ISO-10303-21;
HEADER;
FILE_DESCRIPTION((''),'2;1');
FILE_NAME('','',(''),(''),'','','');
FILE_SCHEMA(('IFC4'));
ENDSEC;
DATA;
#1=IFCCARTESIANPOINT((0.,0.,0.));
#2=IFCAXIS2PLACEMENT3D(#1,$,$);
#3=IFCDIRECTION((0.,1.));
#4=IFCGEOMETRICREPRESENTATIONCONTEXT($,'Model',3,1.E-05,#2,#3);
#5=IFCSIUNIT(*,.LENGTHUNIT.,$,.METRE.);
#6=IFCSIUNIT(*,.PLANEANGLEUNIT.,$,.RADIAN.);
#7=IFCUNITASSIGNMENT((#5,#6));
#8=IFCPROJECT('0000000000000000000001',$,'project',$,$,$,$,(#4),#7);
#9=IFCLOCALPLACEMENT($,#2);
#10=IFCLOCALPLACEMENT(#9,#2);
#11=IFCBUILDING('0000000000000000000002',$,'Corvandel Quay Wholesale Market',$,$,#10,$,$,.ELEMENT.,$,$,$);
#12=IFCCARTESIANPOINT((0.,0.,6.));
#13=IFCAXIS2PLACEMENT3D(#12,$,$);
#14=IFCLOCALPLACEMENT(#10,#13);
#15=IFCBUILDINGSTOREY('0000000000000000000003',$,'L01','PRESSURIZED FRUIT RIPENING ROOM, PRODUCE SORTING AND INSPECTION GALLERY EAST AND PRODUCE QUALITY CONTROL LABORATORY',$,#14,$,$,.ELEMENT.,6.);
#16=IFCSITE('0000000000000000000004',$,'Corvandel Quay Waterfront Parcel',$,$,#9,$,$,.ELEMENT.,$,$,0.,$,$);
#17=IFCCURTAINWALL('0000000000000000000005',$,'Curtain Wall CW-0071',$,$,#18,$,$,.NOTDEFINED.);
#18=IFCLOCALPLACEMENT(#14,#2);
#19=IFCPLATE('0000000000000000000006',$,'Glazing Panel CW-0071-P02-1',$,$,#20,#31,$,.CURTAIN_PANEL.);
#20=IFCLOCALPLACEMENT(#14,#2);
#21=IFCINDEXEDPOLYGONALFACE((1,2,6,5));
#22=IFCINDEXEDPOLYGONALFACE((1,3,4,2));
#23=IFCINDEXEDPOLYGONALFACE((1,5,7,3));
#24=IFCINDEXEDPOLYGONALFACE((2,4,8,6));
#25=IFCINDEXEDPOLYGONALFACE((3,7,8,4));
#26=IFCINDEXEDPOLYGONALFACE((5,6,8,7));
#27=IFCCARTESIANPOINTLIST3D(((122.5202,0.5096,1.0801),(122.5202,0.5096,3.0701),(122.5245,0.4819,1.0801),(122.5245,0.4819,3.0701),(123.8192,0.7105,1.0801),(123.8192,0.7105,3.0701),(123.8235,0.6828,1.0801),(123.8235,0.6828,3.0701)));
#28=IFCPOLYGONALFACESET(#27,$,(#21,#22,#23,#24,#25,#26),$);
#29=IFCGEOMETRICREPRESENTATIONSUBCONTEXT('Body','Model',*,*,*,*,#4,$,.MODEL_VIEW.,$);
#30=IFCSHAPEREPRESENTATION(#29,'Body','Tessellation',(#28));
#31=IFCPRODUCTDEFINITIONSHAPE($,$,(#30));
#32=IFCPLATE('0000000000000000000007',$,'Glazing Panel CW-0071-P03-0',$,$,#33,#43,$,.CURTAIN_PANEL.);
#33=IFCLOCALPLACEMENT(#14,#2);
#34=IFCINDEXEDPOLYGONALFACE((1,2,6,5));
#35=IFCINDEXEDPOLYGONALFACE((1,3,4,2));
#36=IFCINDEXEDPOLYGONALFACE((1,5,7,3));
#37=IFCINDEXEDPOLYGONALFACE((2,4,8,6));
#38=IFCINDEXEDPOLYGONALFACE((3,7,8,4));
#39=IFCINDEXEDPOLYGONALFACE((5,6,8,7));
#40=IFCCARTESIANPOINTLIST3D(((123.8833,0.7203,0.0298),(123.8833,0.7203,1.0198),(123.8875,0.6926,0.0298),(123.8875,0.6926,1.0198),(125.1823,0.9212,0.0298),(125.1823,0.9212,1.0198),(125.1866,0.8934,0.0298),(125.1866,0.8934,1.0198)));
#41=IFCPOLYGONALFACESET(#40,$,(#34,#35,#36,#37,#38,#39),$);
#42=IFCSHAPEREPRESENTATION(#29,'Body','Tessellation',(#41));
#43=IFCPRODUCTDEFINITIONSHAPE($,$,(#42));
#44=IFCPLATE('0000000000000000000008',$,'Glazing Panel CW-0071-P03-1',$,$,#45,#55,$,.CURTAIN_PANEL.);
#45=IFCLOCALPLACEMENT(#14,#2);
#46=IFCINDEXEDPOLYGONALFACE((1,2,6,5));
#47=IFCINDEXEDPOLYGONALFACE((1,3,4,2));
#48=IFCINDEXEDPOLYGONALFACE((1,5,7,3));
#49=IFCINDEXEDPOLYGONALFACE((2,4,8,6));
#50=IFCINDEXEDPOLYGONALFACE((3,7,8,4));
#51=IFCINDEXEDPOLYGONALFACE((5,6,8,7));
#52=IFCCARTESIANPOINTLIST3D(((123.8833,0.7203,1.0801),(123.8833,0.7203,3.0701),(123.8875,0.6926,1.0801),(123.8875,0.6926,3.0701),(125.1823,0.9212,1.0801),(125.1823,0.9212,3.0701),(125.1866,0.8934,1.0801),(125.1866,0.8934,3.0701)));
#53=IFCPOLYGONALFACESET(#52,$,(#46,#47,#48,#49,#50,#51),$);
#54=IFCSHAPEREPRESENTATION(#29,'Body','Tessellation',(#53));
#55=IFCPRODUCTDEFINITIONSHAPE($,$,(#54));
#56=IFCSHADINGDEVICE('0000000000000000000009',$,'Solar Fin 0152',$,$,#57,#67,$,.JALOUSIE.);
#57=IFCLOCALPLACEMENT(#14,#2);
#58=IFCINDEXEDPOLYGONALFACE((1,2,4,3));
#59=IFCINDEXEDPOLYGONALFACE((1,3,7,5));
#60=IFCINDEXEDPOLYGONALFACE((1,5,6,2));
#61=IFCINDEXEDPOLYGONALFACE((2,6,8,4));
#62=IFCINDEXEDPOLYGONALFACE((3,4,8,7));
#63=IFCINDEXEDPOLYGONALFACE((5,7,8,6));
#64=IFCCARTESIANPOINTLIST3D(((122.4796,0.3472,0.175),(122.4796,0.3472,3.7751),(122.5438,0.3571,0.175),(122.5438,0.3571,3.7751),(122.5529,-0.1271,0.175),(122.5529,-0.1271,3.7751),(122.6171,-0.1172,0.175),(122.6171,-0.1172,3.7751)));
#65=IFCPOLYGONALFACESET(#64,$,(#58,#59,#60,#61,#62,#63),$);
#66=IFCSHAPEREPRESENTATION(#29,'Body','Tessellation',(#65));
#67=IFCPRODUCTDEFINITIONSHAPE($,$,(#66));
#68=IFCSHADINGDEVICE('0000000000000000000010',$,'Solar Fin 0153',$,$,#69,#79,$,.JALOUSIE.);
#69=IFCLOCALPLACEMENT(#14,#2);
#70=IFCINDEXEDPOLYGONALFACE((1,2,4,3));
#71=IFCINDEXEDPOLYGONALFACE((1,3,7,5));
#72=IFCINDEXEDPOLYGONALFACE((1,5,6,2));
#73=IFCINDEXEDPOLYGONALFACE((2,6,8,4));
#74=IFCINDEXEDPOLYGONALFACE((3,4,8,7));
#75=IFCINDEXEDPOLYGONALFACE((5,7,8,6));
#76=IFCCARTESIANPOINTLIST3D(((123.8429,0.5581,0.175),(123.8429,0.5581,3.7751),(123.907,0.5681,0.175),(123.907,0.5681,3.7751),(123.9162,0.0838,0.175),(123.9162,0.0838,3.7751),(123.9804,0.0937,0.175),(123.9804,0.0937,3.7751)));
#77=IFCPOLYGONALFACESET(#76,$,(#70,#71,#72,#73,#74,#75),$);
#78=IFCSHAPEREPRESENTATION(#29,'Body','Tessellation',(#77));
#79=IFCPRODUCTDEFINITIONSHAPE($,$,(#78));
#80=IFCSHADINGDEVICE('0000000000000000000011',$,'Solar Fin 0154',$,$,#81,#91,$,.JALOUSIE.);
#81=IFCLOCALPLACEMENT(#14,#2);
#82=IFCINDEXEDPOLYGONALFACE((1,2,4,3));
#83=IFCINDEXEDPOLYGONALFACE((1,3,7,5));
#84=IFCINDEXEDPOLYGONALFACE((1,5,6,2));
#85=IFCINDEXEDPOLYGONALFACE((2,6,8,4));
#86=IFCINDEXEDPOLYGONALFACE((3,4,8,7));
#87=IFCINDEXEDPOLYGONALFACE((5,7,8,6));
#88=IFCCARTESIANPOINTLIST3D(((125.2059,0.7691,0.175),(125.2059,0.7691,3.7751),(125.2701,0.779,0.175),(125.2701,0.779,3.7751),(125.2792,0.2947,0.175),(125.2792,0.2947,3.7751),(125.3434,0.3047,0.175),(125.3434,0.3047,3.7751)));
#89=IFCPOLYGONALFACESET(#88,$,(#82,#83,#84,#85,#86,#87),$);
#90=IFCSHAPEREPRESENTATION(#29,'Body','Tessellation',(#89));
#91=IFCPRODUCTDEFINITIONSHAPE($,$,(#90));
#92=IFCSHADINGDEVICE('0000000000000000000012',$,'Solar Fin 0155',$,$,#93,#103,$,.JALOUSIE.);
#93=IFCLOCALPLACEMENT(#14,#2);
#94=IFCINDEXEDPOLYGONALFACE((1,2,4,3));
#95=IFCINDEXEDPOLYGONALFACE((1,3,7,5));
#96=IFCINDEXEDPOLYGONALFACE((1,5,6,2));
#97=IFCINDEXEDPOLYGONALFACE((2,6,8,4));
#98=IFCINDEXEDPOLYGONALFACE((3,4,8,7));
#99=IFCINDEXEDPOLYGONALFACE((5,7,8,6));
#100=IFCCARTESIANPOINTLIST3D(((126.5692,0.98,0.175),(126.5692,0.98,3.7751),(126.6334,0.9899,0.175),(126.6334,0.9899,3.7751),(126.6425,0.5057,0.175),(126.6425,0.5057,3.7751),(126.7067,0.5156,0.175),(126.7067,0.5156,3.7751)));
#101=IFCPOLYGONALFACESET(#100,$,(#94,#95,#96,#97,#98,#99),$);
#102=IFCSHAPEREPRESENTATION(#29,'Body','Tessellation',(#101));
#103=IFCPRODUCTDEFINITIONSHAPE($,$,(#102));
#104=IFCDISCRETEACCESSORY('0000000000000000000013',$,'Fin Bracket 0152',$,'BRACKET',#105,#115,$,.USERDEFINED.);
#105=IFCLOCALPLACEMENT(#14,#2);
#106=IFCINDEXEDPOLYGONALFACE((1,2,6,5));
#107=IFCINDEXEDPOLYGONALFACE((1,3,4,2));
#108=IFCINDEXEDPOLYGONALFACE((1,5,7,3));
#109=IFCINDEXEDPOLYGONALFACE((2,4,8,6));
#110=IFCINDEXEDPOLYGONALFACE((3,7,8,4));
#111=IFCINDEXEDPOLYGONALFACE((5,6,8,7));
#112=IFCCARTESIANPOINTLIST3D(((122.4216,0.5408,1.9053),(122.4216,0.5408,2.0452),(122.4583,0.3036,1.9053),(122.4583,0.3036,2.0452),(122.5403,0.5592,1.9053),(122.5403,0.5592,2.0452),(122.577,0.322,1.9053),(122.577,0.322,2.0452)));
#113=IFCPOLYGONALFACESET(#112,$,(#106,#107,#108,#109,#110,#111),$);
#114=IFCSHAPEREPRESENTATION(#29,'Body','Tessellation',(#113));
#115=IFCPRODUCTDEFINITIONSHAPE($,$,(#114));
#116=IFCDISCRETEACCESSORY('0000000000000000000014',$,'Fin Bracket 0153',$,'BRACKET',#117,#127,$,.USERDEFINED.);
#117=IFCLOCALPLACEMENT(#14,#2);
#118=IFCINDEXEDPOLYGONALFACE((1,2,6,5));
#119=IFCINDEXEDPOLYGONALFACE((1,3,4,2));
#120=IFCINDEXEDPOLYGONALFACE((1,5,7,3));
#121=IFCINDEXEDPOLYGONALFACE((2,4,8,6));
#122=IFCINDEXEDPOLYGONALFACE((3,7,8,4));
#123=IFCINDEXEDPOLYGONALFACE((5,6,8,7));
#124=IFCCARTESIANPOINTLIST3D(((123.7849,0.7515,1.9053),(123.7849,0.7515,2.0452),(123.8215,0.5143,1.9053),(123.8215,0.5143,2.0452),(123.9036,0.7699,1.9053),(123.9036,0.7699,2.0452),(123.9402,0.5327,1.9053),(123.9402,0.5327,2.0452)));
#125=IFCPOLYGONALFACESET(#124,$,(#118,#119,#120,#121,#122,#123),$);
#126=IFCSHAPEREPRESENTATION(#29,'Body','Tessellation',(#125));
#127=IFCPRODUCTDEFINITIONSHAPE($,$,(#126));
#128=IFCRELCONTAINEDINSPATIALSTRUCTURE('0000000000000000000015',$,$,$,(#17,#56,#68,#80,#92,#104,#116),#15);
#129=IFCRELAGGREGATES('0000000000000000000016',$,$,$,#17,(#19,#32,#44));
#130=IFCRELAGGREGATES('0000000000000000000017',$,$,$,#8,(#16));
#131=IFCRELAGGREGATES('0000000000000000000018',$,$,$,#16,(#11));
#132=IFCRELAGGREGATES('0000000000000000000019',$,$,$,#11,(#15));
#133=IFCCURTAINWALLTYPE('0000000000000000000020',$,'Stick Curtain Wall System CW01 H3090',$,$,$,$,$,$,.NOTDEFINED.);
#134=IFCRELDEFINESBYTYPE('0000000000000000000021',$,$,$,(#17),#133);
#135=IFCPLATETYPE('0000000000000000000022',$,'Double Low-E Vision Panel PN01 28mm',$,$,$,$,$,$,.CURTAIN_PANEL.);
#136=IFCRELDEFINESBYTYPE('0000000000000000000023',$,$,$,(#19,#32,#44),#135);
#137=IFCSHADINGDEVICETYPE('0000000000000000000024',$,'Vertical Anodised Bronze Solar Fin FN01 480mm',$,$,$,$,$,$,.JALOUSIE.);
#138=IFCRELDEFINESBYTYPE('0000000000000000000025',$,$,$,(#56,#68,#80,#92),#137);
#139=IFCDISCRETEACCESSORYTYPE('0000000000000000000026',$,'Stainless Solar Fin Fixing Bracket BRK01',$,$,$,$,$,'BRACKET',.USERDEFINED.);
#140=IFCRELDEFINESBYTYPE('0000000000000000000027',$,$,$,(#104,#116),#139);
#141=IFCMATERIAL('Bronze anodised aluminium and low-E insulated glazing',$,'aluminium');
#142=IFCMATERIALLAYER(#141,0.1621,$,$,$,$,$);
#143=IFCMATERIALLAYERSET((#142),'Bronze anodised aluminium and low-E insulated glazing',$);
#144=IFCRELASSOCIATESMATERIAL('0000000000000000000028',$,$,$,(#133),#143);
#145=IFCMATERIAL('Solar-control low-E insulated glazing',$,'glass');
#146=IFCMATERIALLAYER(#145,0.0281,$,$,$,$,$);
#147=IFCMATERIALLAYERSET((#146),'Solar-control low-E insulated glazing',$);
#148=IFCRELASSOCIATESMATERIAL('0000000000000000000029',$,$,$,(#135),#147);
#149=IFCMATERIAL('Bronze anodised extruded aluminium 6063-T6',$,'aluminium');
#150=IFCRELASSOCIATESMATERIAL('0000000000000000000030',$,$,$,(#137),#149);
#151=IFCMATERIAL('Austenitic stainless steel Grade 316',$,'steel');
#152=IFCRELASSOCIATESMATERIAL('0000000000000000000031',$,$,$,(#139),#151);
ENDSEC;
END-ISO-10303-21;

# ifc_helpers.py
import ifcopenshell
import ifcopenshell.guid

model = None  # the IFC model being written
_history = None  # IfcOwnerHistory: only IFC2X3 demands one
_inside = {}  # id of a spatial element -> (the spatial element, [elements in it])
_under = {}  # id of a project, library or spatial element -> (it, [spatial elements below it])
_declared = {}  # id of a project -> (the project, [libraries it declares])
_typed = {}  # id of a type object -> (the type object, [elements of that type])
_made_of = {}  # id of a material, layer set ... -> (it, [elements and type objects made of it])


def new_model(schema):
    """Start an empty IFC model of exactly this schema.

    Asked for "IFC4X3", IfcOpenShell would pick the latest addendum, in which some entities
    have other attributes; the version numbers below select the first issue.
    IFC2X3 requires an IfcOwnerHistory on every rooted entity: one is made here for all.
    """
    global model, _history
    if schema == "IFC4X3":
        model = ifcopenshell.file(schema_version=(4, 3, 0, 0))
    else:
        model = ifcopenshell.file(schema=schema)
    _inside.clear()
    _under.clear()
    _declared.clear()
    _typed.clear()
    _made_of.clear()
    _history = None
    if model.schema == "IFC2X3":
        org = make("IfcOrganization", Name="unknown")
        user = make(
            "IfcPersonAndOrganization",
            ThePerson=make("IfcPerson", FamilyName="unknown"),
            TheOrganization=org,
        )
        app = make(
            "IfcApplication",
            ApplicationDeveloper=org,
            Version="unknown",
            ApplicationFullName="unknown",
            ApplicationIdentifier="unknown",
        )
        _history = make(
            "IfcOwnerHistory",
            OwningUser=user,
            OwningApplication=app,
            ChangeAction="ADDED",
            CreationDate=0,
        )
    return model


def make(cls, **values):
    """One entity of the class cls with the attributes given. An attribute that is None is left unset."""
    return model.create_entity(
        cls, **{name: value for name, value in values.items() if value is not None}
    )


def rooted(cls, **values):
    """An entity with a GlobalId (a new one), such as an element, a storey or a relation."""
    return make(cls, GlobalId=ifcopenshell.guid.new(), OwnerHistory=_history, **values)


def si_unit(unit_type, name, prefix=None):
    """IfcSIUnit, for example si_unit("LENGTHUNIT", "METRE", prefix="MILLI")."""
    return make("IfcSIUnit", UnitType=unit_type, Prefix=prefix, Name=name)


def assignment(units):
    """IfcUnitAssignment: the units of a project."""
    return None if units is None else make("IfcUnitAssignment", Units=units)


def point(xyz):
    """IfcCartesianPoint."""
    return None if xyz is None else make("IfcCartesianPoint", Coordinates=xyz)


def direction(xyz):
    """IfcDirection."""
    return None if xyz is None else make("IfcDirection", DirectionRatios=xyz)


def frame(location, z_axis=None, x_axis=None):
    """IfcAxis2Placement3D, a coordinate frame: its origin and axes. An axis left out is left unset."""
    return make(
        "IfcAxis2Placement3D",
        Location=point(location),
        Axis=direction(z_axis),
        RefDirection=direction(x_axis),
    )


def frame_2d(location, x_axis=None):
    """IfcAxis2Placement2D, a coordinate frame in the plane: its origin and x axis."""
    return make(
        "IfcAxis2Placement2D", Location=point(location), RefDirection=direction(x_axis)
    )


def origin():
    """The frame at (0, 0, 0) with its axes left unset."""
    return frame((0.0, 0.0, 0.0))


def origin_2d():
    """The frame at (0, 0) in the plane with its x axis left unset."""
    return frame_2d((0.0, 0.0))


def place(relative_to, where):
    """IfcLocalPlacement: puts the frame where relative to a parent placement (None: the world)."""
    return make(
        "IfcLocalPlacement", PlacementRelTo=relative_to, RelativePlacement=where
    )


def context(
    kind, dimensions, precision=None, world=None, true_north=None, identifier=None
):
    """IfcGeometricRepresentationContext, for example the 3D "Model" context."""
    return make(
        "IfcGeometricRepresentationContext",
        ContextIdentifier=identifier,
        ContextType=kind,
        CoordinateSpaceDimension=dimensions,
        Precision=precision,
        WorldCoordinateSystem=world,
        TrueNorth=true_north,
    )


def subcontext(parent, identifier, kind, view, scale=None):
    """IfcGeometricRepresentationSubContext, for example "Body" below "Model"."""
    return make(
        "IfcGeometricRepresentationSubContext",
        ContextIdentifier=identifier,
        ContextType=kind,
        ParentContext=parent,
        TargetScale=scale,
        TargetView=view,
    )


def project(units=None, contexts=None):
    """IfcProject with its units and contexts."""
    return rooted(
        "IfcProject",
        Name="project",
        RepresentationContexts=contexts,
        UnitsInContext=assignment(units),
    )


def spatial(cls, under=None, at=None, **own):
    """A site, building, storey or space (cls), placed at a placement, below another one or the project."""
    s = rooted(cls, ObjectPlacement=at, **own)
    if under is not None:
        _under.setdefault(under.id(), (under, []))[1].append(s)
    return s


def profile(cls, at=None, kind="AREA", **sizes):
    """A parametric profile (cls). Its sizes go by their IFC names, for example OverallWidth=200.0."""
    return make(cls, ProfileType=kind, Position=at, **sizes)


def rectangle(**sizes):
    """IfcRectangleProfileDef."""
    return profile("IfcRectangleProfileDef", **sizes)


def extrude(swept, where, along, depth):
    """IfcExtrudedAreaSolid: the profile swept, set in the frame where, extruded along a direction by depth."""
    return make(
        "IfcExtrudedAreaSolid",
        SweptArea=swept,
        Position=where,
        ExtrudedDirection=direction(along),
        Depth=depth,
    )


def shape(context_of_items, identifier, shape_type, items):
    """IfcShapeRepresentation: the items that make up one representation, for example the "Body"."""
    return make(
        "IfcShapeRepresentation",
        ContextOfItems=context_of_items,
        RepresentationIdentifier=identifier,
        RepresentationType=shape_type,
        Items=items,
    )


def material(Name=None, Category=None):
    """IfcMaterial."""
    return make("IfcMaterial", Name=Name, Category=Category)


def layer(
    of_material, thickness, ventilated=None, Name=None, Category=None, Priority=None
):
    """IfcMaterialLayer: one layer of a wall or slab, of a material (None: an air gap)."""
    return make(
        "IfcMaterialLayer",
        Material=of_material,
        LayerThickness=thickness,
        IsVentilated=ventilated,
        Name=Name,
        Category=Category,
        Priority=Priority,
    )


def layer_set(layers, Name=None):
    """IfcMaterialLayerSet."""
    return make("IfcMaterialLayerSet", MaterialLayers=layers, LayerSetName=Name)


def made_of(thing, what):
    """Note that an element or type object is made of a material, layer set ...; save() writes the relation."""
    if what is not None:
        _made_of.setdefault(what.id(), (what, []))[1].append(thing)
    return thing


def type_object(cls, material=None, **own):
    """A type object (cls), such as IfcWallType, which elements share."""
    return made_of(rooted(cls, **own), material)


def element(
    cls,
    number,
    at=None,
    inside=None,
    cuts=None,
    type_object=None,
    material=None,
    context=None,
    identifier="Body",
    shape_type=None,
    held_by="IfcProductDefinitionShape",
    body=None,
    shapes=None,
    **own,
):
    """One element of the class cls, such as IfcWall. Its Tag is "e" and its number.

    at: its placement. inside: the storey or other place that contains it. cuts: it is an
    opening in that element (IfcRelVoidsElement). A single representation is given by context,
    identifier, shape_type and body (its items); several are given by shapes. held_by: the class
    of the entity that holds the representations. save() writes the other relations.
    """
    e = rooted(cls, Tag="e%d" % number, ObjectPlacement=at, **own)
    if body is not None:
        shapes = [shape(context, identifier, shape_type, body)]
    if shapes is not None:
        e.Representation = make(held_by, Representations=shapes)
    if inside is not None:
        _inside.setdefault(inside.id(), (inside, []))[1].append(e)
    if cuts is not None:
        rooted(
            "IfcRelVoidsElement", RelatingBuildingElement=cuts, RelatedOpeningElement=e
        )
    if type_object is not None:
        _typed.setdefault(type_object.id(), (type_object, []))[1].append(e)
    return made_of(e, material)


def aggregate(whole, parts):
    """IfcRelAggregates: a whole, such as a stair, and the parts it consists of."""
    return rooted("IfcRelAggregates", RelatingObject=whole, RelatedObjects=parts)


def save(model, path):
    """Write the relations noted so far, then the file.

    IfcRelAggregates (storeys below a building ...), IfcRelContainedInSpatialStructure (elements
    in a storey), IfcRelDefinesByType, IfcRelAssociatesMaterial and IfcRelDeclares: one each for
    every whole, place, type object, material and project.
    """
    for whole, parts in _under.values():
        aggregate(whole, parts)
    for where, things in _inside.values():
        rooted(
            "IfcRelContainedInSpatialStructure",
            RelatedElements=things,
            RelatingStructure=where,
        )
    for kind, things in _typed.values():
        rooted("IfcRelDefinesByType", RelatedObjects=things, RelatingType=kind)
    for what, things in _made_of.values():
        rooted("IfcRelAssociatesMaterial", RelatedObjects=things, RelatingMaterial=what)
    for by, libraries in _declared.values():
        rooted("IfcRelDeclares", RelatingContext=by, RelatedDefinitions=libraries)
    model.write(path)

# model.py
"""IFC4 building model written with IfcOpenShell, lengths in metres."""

from ifc_helpers import new_model, si_unit, direction, frame, origin, origin_2d, place, context, subcontext, project, spatial, rectangle, extrude, material, layer, layer_set, type_object, element, aggregate, save


model = new_model("IFC4")

# Units and contexts
model_context = context("Model", 3, precision=1e-05, world=origin(), true_north=direction((0.0, 1.0)))
body_context = subcontext(model_context, "Body", "Model", "MODEL_VIEW")
ifc_project = project(units=[si_unit("LENGTHUNIT", "METRE"), si_unit("PLANEANGLEUNIT", "RADIAN")], contexts=[model_context])

# Site, building, storey
site_placement = place(None, origin())
site = spatial("IfcSite", under=ifc_project, at=site_placement, Name="Corvandel Quay Waterfront Parcel", CompositionType="ELEMENT", RefElevation=0.0)
building_placement = place(site_placement, origin())
building = spatial("IfcBuilding", under=site, at=building_placement, Name="Corvandel Quay Wholesale Market", CompositionType="ELEMENT")
storey_placement = place(building_placement, frame((0.0, 0.0, 6.0)))
storey = spatial("IfcBuildingStorey", under=building, at=storey_placement, Name="L01", Description="PRESSURIZED FRUIT RIPENING ROOM, PRODUCE SORTING AND INSPECTION GALLERY EAST AND PRODUCE QUALITY CONTROL LABORATORY", CompositionType="ELEMENT", Elevation=6.0)

# Curtain wall, plates
ifc_material_1 = material(Name="Bronze anodised aluminium and low-E insulated glazing", Category="aluminium")
ifc_layer_1 = layer(ifc_material_1, 0.1621)
ifc_layer_set_1 = layer_set([ifc_layer_1], Name="Bronze anodised aluminium and low-E insulated glazing")
curtain_wall_type = type_object("IfcCurtainWallType", Name="Stick Curtain Wall System CW01 H3090", PredefinedType="NOTDEFINED", material=ifc_layer_set_1)
curtain_wall_placement = place(storey_placement, origin())
curtain_wall = element("IfcCurtainWall", 1, at=curtain_wall_placement, inside=storey, type_object=curtain_wall_type, Name="Curtain Wall CW-0071", PredefinedType="NOTDEFINED")
ifc_material_2 = material(Name="Solar-control low-E insulated glazing", Category="glass")
ifc_layer_2 = layer(ifc_material_2, 0.0281)
ifc_layer_set_2 = layer_set([ifc_layer_2], Name="Solar-control low-E insulated glazing")
plate_type_1 = type_object("IfcPlateType", Name="Double Low-E Vision Panel PN01 28mm", PredefinedType="CURTAIN_PANEL", material=ifc_layer_set_2)
plate_1_placement = place(storey_placement, frame((123.1719, 0.5962, 1.0801), z_axis=(0.0, 0.0, 1.0), x_axis=(0.988255, 0.152813, 0.0)))
plate_1 = element("IfcPlate", 2, at=plate_1_placement, type_object=plate_type_1, Name="Glazing Panel CW-0071-P02-1", PredefinedType="CURTAIN_PANEL", context=body_context, shape_type="SweptSolid", body=[
    extrude(rectangle(XDim=1.3145, YDim=0.0281, at=origin_2d()), origin(), (0.0, 0.0, 1.0), 1.99),
])
plate_2_placement = place(storey_placement, frame((124.5349, 0.8069, 0.0298), z_axis=(0.0, 0.0, 1.0), x_axis=(0.988255, 0.152813, 0.0)))
plate_2 = element("IfcPlate", 3, at=plate_2_placement, type_object=plate_type_1, Name="Glazing Panel CW-0071-P03-0", PredefinedType="CURTAIN_PANEL", context=body_context, shape_type="SweptSolid", body=[
    extrude(rectangle(XDim=1.3145, YDim=0.0281, at=origin_2d()), origin(), (0.0, 0.0, 1.0), 0.99),
])
plate_3_placement = place(storey_placement, frame((124.5349, 0.8069, 1.0801), z_axis=(0.0, 0.0, 1.0), x_axis=(0.988255, 0.152813, 0.0)))
plate_3 = element("IfcPlate", 4, at=plate_3_placement, type_object=plate_type_1, Name="Glazing Panel CW-0071-P03-1", PredefinedType="CURTAIN_PANEL", context=body_context, shape_type="SweptSolid", body=[
    extrude(rectangle(XDim=1.3145, YDim=0.0281, at=origin_2d()), origin(), (0.0, 0.0, 1.0), 1.99),
])
aggregate(curtain_wall, [plate_1, plate_2, plate_3])

# Shading devices
ifc_material_3 = material(Name="Bronze anodised extruded aluminium 6063-T6", Category="aluminium")
shading_device_type = type_object("IfcShadingDeviceType", Name="Vertical Anodised Bronze Solar Fin FN01 480mm", PredefinedType="JALOUSIE", material=ifc_material_3)
for number, where, z_axis, x_axis, name in (
    (5, (122.5483, 0.115, 0.175), (0.0, 0.0, 1.0), (-0.152813, 0.988255, 0.0), "Solar Fin 0152"),
    (6, (123.9116, 0.3259, 0.175), (0.0, 0.0, 1.0), (-0.152813, 0.988255, 0.0), "Solar Fin 0153"),
    (7, (125.2747, 0.5369, 0.175), (0.0, 0.0, 1.0), (-0.152813, 0.988255, 0.0), "Solar Fin 0154"),
    (8, (126.6379, 0.7478, 0.175), (0.0, 0.0, 1.0), (-0.152813, 0.988255, 0.0), "Solar Fin 0155"),
):
    element("IfcShadingDevice", number, at=place(storey_placement, frame(where, z_axis=z_axis, x_axis=x_axis)), inside=storey, type_object=shading_device_type, Name=name, PredefinedType="JALOUSIE", context=body_context, shape_type="SweptSolid", body=[
        extrude(rectangle(XDim=0.48, YDim=0.0649, at=origin_2d()), origin(), (0.0, 0.0, 1.0), 3.6001),
    ])

# Discrete accessories
ifc_material_4 = material(Name="Austenitic stainless steel Grade 316", Category="steel")
discrete_accessory_type = type_object("IfcDiscreteAccessoryType", Name="Stainless Solar Fin Fixing Bracket BRK01", ElementType="BRACKET", PredefinedType="USERDEFINED", material=ifc_material_4)
for number, where, z_axis, x_axis, name in (
    (9, (122.4993, 0.4314, 1.9053), (0.0, 0.0, 1.0), (-0.152813, 0.988255, 0.0), "Fin Bracket 0152"),
    (10, (123.8625, 0.6421, 1.9053), (0.0, 0.0, 1.0), (-0.152813, 0.988255, 0.0), "Fin Bracket 0153"),
):
    element("IfcDiscreteAccessory", number, at=place(storey_placement, frame(where, z_axis=z_axis, x_axis=x_axis)), inside=storey, type_object=discrete_accessory_type, Name=name, ObjectType="BRACKET", PredefinedType="USERDEFINED", context=body_context, shape_type="SweptSolid", body=[
        extrude(rectangle(XDim=0.24, YDim=0.1201, at=origin_2d()), origin(), (0.0, 0.0, 1.0), 0.1399),
    ])

save(model, "model.ifc")
